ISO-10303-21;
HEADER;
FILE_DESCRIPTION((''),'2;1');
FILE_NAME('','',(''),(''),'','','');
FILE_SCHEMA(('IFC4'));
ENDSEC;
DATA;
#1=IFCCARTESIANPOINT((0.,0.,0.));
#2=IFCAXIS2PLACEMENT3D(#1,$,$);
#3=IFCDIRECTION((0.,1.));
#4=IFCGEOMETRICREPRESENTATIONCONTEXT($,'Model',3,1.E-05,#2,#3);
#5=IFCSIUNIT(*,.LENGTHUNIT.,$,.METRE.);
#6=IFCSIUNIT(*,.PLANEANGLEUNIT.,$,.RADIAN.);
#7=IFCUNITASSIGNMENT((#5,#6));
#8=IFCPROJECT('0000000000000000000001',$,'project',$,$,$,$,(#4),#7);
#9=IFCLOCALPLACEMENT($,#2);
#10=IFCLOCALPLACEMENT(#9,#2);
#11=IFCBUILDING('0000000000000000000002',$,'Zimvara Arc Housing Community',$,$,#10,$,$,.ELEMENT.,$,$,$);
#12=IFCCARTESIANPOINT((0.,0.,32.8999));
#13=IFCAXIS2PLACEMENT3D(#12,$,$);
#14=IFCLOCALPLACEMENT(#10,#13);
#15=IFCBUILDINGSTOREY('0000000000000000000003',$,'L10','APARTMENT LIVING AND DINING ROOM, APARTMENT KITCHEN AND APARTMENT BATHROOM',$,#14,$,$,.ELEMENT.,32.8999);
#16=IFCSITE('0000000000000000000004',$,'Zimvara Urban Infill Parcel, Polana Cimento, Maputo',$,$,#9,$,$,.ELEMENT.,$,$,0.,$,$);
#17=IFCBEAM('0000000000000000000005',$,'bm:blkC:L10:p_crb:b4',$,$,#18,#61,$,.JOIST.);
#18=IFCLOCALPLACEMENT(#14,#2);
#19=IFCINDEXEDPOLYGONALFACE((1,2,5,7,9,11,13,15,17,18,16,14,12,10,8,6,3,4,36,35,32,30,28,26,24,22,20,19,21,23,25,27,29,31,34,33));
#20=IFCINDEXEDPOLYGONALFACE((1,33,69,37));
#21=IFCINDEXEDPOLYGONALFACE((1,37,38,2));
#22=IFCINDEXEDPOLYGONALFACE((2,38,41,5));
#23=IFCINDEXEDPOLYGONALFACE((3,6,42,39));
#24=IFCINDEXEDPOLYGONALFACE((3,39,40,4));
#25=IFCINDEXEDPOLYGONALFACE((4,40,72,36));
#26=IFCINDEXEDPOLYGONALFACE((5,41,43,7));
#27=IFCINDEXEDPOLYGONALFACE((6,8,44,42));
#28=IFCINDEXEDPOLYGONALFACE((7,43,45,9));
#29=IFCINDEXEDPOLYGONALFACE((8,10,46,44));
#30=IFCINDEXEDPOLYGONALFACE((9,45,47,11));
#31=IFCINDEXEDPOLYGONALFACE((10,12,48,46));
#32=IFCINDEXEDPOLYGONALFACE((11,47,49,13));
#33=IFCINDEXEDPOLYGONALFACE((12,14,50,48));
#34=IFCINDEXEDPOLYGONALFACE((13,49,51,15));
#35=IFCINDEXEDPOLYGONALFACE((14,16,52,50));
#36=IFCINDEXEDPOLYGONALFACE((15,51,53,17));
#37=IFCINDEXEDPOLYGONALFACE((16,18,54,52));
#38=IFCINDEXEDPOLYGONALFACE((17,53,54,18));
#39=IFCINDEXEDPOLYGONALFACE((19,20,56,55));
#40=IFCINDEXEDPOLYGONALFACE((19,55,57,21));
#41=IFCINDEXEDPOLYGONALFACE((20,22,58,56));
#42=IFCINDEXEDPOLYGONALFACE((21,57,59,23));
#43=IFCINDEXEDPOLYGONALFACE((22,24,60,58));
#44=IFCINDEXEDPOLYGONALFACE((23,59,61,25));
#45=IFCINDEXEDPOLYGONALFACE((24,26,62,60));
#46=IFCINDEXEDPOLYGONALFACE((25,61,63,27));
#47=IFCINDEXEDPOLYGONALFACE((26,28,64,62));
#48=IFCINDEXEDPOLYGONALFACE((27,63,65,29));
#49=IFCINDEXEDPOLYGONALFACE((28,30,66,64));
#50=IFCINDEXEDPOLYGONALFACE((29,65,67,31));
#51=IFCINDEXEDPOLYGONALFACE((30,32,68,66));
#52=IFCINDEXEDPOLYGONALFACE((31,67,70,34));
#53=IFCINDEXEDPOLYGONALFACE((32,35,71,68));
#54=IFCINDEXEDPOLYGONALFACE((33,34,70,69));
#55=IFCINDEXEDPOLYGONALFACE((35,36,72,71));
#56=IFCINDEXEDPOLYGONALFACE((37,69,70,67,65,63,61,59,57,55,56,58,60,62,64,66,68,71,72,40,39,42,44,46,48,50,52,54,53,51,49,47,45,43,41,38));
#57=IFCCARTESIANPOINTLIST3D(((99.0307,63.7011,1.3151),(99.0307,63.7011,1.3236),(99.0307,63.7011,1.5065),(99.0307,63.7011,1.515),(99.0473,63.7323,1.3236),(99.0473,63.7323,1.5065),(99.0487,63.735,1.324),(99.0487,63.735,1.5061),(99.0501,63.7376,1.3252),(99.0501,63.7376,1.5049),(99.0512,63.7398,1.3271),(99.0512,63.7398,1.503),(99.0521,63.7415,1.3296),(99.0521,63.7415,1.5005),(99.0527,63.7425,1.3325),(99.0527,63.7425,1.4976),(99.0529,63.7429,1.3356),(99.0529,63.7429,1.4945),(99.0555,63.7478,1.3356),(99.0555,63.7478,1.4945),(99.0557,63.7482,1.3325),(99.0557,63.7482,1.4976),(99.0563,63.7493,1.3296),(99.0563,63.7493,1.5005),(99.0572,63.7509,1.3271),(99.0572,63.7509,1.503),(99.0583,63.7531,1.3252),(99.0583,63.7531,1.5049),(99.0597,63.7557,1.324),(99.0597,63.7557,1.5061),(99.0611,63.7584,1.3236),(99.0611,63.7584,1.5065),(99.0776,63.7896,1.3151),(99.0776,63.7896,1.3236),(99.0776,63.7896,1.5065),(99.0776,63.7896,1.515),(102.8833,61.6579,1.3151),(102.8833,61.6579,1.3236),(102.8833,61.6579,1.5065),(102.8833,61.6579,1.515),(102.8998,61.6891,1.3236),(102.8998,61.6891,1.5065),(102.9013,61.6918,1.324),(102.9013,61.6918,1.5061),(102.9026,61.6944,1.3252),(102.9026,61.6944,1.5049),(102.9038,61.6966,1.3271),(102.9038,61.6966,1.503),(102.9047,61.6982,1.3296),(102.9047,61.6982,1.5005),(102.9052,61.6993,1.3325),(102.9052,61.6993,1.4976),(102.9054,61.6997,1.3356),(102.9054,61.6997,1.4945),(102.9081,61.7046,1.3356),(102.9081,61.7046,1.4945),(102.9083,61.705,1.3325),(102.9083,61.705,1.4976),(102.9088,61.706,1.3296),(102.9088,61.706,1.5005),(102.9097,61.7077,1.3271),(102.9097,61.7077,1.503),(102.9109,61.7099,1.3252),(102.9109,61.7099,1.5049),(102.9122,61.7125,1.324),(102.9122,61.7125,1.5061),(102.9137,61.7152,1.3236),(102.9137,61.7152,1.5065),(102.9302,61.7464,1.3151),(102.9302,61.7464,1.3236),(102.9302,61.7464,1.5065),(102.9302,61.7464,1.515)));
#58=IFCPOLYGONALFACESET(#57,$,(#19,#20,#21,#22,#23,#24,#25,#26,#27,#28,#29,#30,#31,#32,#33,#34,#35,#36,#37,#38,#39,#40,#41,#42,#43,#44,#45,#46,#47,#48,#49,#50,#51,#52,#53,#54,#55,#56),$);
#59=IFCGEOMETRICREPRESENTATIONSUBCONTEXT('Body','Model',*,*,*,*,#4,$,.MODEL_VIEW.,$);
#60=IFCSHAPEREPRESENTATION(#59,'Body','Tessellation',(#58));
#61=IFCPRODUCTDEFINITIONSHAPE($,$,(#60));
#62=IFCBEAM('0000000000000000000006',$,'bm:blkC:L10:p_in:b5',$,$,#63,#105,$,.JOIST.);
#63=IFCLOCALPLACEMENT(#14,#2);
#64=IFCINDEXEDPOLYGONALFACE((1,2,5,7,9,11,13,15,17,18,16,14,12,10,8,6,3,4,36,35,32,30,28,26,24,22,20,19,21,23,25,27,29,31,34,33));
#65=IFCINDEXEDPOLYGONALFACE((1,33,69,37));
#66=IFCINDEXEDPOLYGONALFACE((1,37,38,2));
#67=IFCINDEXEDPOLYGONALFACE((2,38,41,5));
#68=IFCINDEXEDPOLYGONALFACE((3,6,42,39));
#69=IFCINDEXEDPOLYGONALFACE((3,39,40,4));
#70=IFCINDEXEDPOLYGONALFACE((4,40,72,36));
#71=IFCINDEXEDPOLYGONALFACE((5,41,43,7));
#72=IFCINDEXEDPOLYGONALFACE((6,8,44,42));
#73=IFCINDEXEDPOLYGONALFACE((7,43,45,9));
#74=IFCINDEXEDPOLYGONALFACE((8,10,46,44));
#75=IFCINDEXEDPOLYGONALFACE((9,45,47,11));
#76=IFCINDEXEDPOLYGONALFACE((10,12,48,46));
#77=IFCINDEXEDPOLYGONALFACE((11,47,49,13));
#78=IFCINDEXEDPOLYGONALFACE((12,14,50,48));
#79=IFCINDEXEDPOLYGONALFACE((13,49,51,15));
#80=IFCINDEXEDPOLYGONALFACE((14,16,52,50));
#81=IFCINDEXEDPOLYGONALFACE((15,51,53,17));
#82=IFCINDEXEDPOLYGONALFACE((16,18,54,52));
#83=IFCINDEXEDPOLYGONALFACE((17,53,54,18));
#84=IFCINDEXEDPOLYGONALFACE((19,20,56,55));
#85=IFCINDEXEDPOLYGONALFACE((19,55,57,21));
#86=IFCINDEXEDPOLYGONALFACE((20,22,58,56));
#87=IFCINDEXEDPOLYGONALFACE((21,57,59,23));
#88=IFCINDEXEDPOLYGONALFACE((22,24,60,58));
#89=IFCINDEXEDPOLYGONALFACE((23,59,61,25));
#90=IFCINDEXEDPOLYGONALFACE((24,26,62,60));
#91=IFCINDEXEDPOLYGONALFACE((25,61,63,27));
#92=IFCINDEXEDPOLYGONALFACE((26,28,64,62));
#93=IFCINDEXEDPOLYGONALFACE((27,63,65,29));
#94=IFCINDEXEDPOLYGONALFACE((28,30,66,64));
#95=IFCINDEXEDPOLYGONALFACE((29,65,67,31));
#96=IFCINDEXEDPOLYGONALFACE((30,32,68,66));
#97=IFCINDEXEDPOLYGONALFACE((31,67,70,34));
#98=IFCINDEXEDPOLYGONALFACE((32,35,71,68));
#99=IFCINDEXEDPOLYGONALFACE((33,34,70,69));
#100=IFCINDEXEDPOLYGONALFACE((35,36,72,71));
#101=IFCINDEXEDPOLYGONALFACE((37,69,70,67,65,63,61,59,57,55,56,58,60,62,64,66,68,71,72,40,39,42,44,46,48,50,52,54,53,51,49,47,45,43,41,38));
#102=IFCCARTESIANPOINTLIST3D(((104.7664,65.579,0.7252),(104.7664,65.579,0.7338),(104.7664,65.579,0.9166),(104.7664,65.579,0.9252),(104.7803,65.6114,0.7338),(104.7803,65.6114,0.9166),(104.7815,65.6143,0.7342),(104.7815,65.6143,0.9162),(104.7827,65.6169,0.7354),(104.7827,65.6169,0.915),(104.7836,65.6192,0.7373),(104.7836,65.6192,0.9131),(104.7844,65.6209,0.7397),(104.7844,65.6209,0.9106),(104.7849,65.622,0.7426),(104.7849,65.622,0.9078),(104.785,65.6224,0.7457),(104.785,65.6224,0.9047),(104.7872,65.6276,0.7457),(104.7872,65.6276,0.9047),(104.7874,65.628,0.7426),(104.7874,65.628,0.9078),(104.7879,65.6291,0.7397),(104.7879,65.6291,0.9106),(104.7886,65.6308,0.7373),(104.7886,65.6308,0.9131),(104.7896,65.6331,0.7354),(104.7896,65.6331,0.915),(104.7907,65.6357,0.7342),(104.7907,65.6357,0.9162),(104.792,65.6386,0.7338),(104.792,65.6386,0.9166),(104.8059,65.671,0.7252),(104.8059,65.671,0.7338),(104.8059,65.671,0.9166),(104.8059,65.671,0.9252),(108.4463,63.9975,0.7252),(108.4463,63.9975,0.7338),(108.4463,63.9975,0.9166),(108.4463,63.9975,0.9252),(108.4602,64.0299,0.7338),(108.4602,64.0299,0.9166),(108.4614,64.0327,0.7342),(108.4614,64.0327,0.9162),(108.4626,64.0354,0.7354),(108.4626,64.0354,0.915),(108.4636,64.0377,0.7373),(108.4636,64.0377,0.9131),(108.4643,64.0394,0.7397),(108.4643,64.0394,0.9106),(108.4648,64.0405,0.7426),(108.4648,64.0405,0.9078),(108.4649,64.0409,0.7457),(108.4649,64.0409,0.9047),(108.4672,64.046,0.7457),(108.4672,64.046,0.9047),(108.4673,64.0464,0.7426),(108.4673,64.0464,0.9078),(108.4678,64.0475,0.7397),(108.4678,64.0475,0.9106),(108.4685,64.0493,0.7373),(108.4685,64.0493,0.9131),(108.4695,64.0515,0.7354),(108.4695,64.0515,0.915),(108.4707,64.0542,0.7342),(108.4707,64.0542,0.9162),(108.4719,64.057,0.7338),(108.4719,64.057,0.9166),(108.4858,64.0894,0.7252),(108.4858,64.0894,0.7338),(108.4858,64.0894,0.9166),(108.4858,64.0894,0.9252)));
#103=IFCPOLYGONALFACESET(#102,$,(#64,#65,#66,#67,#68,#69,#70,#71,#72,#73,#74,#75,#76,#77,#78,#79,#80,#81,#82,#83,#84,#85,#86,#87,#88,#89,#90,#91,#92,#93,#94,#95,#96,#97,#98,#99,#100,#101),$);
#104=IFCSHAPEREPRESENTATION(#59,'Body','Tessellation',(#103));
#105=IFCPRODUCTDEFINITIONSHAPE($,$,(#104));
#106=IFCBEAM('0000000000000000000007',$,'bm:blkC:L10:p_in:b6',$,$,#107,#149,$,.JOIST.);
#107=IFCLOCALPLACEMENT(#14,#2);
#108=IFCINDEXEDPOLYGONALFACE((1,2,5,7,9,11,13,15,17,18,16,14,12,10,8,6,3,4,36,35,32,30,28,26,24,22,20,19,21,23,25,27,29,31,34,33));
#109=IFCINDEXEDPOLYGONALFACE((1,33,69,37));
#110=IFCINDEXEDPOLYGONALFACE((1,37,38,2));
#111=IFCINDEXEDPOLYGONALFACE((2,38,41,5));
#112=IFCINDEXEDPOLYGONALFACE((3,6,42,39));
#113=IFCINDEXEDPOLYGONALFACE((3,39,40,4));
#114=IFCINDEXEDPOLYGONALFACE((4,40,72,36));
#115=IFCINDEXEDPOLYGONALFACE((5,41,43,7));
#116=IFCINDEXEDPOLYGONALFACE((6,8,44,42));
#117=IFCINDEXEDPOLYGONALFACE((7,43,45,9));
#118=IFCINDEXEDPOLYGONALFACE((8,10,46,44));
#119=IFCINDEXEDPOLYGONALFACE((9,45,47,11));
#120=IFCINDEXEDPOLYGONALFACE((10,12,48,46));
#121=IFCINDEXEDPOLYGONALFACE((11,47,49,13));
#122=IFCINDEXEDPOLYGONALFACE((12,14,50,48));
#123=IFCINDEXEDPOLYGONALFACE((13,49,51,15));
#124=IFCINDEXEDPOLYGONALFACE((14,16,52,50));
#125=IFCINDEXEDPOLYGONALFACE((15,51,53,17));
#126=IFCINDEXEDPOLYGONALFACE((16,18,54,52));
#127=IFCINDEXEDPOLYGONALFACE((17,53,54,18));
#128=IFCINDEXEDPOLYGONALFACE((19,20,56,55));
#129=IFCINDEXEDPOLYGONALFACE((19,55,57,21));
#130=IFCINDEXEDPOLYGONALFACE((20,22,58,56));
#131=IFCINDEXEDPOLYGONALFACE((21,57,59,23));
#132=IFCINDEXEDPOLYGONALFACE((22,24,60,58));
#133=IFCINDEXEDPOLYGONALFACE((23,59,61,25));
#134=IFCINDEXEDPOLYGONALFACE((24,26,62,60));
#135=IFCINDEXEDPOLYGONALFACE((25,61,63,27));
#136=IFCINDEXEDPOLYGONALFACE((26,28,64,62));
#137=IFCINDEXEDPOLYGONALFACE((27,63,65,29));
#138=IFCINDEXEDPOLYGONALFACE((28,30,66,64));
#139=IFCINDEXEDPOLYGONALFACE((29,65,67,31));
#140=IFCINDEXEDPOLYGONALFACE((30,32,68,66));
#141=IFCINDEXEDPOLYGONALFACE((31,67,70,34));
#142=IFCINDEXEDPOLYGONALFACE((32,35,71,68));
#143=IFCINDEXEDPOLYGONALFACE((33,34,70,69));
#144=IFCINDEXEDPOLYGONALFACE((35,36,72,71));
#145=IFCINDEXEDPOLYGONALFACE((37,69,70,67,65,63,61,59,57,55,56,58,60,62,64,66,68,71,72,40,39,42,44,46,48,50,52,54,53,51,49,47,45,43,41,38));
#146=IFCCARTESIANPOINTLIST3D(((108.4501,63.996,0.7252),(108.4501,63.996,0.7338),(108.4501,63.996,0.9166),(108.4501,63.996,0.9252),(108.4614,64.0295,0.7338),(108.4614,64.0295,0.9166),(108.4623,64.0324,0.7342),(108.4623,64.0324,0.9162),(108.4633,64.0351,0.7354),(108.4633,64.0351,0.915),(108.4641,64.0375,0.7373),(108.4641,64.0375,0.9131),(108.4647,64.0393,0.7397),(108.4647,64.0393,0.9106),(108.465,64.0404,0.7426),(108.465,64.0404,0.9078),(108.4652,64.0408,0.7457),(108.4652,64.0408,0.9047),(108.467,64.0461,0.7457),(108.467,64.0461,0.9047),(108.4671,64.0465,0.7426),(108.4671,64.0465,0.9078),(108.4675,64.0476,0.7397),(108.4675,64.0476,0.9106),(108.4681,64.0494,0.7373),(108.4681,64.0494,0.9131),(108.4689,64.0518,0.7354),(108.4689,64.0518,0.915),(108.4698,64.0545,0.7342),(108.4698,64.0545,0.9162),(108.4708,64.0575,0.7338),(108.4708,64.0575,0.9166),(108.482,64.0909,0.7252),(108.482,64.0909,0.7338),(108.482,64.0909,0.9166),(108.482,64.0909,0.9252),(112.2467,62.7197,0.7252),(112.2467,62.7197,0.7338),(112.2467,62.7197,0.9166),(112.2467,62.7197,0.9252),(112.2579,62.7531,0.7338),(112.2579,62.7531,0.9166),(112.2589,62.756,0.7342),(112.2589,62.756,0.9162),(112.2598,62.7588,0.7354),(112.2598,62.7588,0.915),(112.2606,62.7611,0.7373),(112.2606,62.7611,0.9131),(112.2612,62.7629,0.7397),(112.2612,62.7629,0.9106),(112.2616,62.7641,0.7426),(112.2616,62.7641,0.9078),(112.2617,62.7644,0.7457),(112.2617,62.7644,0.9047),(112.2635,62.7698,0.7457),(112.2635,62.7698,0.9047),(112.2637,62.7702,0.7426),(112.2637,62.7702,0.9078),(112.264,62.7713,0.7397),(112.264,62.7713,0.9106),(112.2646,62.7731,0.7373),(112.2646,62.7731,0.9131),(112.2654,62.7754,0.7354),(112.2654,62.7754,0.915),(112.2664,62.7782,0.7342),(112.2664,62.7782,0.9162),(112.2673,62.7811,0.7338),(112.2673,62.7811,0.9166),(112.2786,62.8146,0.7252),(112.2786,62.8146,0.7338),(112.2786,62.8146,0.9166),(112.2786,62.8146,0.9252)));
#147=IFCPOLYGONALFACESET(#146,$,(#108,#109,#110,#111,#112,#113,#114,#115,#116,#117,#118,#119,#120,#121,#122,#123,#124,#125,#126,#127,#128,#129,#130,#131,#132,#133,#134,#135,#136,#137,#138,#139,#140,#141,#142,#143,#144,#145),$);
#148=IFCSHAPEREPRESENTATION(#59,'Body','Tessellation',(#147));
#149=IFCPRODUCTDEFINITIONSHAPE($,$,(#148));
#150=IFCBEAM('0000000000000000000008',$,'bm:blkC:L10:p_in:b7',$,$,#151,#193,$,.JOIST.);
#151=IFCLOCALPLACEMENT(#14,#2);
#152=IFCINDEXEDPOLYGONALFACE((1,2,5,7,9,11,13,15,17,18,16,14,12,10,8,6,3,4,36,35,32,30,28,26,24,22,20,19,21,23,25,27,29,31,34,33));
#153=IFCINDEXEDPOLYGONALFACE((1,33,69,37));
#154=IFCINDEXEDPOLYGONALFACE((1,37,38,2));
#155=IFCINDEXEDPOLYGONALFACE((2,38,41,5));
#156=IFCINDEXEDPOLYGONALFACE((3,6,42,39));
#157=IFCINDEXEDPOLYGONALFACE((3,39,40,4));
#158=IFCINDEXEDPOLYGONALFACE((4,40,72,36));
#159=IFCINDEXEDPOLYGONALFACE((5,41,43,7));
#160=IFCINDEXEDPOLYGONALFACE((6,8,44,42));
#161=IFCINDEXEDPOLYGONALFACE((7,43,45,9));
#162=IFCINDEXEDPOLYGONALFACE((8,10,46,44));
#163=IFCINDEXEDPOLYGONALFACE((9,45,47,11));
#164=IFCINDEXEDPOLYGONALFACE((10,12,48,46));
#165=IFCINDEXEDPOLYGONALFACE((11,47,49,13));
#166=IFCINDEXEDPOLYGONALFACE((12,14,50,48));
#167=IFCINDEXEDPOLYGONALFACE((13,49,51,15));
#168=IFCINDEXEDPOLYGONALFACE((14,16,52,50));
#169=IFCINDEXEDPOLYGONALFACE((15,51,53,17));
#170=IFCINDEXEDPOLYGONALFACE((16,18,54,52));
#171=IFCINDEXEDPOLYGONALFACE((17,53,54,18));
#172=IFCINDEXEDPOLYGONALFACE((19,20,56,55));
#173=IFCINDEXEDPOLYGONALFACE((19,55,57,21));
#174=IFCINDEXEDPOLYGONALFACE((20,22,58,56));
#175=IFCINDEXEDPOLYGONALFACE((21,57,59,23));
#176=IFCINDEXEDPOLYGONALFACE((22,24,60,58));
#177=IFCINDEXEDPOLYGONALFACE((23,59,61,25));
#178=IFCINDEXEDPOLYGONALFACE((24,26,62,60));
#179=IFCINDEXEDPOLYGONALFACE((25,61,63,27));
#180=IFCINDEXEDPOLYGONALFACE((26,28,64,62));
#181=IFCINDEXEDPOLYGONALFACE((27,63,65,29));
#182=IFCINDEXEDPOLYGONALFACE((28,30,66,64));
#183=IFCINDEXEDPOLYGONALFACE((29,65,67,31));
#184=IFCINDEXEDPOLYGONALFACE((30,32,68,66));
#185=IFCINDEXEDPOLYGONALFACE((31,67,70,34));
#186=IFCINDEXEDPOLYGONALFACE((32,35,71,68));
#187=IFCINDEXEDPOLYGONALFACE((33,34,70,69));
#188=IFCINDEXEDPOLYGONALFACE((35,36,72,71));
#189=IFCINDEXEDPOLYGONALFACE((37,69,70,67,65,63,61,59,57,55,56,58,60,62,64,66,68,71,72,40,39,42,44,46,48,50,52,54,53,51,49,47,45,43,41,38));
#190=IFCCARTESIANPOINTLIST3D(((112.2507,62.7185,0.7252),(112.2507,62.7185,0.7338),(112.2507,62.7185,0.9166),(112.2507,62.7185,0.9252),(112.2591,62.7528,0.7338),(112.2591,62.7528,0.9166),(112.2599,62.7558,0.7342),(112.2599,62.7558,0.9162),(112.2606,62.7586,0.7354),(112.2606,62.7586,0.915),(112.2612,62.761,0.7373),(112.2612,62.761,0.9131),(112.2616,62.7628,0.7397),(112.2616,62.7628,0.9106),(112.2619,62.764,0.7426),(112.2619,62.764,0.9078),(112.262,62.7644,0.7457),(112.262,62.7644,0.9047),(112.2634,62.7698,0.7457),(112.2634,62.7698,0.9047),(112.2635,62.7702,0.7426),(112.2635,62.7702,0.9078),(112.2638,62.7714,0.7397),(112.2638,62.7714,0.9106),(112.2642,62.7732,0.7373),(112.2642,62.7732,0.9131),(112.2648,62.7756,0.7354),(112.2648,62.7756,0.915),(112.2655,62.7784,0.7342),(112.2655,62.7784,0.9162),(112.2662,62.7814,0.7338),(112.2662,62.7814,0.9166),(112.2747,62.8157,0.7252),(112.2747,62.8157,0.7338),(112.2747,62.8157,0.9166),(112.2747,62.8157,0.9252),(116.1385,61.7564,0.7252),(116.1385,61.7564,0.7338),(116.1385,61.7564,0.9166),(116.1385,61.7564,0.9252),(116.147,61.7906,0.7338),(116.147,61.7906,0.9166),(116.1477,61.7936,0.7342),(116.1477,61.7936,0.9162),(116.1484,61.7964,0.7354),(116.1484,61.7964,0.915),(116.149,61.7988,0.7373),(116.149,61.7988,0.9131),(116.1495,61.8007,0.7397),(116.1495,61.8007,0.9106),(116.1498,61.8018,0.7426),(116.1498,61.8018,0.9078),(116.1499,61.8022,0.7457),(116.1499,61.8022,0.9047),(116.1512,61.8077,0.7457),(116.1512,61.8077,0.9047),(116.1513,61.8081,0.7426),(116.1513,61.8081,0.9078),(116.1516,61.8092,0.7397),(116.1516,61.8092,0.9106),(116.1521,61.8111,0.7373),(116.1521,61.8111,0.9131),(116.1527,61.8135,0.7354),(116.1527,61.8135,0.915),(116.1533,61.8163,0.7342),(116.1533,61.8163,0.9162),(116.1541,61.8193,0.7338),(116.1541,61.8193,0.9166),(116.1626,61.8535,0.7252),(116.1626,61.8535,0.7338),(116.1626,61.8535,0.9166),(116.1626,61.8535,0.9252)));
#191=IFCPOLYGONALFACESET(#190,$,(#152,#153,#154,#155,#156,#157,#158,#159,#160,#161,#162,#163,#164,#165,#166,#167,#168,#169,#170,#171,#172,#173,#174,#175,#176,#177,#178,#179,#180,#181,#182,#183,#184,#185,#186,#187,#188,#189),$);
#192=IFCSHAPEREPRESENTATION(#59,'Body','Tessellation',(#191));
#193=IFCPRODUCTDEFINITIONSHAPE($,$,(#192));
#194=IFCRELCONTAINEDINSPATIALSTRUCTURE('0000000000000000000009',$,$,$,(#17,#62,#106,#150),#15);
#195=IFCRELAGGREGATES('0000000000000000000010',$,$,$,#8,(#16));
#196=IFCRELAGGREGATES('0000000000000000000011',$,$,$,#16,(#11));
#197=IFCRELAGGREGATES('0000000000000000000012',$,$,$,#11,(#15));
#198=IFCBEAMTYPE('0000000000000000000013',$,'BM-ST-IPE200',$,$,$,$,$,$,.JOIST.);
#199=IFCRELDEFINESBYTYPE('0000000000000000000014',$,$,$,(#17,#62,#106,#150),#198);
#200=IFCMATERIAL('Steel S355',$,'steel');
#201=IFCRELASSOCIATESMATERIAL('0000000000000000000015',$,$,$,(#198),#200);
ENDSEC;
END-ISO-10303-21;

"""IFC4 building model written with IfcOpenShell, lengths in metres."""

from ifc_helpers import new_model, si_unit, direction, frame, origin, origin_2d, place, context, subcontext, project, spatial, i_section, extrude, material, material_profile, profile_set, type_object, element, save


model = new_model("IFC4")

# Units and contexts
model_context = context("Model", 3, precision=1e-05, world=origin(), true_north=direction((0.0, 1.0)))
body_context = subcontext(model_context, "Body", "Model", "MODEL_VIEW")
ifc_project = project(units=[si_unit("LENGTHUNIT", "METRE"), si_unit("PLANEANGLEUNIT", "RADIAN")], contexts=[model_context])

# Site, building, storey
site_placement = place(None, origin())
site = spatial("IfcSite", under=ifc_project, at=site_placement, Name="Zimvara Urban Infill Parcel, Polana Cimento, Maputo", CompositionType="ELEMENT", RefElevation=0.0)
building_placement = place(site_placement, origin())
building = spatial("IfcBuilding", under=site, at=building_placement, Name="Zimvara Arc Housing Community", CompositionType="ELEMENT")
storey_placement = place(building_placement, frame((0.0, 0.0, 32.8999)))
storey = spatial("IfcBuildingStorey", under=building, at=storey_placement, Name="L10", Description="APARTMENT LIVING AND DINING ROOM, APARTMENT KITCHEN AND APARTMENT BATHROOM", CompositionType="ELEMENT", Elevation=32.8999)

# Beams
ifc_material_1 = material(Name="Steel S355", Category="steel")
ifc_material_profile_1 = material_profile(ifc_material_1, i_section(OverallWidth=0.1001, OverallDepth=0.2, WebThickness=0.0056, FlangeThickness=0.0085, FilletRadius=0.012, at=origin_2d()), Name="IPE 200")
ifc_profile_set_1 = profile_set([ifc_material_profile_1], Name="Steel S355")
beam_type_1 = type_object("IfcBeamType", Name="BM-ST-IPE200", PredefinedType="JOIST", material=ifc_profile_set_1)
beam_1_placement = place(storey_placement, frame((99.0542, 63.7454, 1.415), z_axis=(0.883443, -0.468538, 0.0), x_axis=(0.468538, 0.883443, 0.0)))
element("IfcBeam", 1, at=beam_1_placement, inside=storey, type_object=beam_type_1, Name="bm:blkC:L10:p_crb:b4", PredefinedType="JOIST", context=body_context, shape_type="SweptSolid", body=[
    extrude(i_section(OverallWidth=0.1001, OverallDepth=0.2, WebThickness=0.0056, FlangeThickness=0.0085, FilletRadius=0.012, at=origin_2d()), origin(), (0.0, 0.0, 1.0), 4.3608),
])
for number, where, z_axis, x_axis, name in (
    (2, (104.7861, 65.625, 0.8252), (0.918744, -0.394853, 0.0), (0.394853, 0.918744, 0.0), "bm:blkC:L10:p_in:b5"),
    (3, (108.4661, 64.0435, 0.8252), (0.94787, -0.318659, 0.0), (0.318659, 0.94787, 0.0), "bm:blkC:L10:p_in:b6"),
):
    element("IfcBeam", number, at=place(storey_placement, frame(where, z_axis=z_axis, x_axis=x_axis)), inside=storey, type_object=beam_type_1, Name=name, PredefinedType="JOIST", context=body_context, shape_type="SweptSolid", body=[
        extrude(i_section(OverallWidth=0.1001, OverallDepth=0.2, WebThickness=0.0056, FlangeThickness=0.0085, FilletRadius=0.012, at=origin_2d()), origin(), (0.0, 0.0, 1.0), 4.0054),
    ])
beam_2_placement = place(storey_placement, frame((112.2627, 62.7671, 0.8252), z_axis=(0.970717, -0.240226, 0.0), x_axis=(0.240226, 0.970717, 0.0)))
element("IfcBeam", 4, at=beam_2_placement, inside=storey, type_object=beam_type_1, Name="bm:blkC:L10:p_in:b7", PredefinedType="JOIST", context=body_context, shape_type="SweptSolid", body=[
    extrude(i_section(OverallWidth=0.1001, OverallDepth=0.2, WebThickness=0.0056, FlangeThickness=0.0085, FilletRadius=0.012, at=origin_2d()), origin(), (0.0, 0.0, 1.0), 4.0051),
])

save(model, "model.ifc")
